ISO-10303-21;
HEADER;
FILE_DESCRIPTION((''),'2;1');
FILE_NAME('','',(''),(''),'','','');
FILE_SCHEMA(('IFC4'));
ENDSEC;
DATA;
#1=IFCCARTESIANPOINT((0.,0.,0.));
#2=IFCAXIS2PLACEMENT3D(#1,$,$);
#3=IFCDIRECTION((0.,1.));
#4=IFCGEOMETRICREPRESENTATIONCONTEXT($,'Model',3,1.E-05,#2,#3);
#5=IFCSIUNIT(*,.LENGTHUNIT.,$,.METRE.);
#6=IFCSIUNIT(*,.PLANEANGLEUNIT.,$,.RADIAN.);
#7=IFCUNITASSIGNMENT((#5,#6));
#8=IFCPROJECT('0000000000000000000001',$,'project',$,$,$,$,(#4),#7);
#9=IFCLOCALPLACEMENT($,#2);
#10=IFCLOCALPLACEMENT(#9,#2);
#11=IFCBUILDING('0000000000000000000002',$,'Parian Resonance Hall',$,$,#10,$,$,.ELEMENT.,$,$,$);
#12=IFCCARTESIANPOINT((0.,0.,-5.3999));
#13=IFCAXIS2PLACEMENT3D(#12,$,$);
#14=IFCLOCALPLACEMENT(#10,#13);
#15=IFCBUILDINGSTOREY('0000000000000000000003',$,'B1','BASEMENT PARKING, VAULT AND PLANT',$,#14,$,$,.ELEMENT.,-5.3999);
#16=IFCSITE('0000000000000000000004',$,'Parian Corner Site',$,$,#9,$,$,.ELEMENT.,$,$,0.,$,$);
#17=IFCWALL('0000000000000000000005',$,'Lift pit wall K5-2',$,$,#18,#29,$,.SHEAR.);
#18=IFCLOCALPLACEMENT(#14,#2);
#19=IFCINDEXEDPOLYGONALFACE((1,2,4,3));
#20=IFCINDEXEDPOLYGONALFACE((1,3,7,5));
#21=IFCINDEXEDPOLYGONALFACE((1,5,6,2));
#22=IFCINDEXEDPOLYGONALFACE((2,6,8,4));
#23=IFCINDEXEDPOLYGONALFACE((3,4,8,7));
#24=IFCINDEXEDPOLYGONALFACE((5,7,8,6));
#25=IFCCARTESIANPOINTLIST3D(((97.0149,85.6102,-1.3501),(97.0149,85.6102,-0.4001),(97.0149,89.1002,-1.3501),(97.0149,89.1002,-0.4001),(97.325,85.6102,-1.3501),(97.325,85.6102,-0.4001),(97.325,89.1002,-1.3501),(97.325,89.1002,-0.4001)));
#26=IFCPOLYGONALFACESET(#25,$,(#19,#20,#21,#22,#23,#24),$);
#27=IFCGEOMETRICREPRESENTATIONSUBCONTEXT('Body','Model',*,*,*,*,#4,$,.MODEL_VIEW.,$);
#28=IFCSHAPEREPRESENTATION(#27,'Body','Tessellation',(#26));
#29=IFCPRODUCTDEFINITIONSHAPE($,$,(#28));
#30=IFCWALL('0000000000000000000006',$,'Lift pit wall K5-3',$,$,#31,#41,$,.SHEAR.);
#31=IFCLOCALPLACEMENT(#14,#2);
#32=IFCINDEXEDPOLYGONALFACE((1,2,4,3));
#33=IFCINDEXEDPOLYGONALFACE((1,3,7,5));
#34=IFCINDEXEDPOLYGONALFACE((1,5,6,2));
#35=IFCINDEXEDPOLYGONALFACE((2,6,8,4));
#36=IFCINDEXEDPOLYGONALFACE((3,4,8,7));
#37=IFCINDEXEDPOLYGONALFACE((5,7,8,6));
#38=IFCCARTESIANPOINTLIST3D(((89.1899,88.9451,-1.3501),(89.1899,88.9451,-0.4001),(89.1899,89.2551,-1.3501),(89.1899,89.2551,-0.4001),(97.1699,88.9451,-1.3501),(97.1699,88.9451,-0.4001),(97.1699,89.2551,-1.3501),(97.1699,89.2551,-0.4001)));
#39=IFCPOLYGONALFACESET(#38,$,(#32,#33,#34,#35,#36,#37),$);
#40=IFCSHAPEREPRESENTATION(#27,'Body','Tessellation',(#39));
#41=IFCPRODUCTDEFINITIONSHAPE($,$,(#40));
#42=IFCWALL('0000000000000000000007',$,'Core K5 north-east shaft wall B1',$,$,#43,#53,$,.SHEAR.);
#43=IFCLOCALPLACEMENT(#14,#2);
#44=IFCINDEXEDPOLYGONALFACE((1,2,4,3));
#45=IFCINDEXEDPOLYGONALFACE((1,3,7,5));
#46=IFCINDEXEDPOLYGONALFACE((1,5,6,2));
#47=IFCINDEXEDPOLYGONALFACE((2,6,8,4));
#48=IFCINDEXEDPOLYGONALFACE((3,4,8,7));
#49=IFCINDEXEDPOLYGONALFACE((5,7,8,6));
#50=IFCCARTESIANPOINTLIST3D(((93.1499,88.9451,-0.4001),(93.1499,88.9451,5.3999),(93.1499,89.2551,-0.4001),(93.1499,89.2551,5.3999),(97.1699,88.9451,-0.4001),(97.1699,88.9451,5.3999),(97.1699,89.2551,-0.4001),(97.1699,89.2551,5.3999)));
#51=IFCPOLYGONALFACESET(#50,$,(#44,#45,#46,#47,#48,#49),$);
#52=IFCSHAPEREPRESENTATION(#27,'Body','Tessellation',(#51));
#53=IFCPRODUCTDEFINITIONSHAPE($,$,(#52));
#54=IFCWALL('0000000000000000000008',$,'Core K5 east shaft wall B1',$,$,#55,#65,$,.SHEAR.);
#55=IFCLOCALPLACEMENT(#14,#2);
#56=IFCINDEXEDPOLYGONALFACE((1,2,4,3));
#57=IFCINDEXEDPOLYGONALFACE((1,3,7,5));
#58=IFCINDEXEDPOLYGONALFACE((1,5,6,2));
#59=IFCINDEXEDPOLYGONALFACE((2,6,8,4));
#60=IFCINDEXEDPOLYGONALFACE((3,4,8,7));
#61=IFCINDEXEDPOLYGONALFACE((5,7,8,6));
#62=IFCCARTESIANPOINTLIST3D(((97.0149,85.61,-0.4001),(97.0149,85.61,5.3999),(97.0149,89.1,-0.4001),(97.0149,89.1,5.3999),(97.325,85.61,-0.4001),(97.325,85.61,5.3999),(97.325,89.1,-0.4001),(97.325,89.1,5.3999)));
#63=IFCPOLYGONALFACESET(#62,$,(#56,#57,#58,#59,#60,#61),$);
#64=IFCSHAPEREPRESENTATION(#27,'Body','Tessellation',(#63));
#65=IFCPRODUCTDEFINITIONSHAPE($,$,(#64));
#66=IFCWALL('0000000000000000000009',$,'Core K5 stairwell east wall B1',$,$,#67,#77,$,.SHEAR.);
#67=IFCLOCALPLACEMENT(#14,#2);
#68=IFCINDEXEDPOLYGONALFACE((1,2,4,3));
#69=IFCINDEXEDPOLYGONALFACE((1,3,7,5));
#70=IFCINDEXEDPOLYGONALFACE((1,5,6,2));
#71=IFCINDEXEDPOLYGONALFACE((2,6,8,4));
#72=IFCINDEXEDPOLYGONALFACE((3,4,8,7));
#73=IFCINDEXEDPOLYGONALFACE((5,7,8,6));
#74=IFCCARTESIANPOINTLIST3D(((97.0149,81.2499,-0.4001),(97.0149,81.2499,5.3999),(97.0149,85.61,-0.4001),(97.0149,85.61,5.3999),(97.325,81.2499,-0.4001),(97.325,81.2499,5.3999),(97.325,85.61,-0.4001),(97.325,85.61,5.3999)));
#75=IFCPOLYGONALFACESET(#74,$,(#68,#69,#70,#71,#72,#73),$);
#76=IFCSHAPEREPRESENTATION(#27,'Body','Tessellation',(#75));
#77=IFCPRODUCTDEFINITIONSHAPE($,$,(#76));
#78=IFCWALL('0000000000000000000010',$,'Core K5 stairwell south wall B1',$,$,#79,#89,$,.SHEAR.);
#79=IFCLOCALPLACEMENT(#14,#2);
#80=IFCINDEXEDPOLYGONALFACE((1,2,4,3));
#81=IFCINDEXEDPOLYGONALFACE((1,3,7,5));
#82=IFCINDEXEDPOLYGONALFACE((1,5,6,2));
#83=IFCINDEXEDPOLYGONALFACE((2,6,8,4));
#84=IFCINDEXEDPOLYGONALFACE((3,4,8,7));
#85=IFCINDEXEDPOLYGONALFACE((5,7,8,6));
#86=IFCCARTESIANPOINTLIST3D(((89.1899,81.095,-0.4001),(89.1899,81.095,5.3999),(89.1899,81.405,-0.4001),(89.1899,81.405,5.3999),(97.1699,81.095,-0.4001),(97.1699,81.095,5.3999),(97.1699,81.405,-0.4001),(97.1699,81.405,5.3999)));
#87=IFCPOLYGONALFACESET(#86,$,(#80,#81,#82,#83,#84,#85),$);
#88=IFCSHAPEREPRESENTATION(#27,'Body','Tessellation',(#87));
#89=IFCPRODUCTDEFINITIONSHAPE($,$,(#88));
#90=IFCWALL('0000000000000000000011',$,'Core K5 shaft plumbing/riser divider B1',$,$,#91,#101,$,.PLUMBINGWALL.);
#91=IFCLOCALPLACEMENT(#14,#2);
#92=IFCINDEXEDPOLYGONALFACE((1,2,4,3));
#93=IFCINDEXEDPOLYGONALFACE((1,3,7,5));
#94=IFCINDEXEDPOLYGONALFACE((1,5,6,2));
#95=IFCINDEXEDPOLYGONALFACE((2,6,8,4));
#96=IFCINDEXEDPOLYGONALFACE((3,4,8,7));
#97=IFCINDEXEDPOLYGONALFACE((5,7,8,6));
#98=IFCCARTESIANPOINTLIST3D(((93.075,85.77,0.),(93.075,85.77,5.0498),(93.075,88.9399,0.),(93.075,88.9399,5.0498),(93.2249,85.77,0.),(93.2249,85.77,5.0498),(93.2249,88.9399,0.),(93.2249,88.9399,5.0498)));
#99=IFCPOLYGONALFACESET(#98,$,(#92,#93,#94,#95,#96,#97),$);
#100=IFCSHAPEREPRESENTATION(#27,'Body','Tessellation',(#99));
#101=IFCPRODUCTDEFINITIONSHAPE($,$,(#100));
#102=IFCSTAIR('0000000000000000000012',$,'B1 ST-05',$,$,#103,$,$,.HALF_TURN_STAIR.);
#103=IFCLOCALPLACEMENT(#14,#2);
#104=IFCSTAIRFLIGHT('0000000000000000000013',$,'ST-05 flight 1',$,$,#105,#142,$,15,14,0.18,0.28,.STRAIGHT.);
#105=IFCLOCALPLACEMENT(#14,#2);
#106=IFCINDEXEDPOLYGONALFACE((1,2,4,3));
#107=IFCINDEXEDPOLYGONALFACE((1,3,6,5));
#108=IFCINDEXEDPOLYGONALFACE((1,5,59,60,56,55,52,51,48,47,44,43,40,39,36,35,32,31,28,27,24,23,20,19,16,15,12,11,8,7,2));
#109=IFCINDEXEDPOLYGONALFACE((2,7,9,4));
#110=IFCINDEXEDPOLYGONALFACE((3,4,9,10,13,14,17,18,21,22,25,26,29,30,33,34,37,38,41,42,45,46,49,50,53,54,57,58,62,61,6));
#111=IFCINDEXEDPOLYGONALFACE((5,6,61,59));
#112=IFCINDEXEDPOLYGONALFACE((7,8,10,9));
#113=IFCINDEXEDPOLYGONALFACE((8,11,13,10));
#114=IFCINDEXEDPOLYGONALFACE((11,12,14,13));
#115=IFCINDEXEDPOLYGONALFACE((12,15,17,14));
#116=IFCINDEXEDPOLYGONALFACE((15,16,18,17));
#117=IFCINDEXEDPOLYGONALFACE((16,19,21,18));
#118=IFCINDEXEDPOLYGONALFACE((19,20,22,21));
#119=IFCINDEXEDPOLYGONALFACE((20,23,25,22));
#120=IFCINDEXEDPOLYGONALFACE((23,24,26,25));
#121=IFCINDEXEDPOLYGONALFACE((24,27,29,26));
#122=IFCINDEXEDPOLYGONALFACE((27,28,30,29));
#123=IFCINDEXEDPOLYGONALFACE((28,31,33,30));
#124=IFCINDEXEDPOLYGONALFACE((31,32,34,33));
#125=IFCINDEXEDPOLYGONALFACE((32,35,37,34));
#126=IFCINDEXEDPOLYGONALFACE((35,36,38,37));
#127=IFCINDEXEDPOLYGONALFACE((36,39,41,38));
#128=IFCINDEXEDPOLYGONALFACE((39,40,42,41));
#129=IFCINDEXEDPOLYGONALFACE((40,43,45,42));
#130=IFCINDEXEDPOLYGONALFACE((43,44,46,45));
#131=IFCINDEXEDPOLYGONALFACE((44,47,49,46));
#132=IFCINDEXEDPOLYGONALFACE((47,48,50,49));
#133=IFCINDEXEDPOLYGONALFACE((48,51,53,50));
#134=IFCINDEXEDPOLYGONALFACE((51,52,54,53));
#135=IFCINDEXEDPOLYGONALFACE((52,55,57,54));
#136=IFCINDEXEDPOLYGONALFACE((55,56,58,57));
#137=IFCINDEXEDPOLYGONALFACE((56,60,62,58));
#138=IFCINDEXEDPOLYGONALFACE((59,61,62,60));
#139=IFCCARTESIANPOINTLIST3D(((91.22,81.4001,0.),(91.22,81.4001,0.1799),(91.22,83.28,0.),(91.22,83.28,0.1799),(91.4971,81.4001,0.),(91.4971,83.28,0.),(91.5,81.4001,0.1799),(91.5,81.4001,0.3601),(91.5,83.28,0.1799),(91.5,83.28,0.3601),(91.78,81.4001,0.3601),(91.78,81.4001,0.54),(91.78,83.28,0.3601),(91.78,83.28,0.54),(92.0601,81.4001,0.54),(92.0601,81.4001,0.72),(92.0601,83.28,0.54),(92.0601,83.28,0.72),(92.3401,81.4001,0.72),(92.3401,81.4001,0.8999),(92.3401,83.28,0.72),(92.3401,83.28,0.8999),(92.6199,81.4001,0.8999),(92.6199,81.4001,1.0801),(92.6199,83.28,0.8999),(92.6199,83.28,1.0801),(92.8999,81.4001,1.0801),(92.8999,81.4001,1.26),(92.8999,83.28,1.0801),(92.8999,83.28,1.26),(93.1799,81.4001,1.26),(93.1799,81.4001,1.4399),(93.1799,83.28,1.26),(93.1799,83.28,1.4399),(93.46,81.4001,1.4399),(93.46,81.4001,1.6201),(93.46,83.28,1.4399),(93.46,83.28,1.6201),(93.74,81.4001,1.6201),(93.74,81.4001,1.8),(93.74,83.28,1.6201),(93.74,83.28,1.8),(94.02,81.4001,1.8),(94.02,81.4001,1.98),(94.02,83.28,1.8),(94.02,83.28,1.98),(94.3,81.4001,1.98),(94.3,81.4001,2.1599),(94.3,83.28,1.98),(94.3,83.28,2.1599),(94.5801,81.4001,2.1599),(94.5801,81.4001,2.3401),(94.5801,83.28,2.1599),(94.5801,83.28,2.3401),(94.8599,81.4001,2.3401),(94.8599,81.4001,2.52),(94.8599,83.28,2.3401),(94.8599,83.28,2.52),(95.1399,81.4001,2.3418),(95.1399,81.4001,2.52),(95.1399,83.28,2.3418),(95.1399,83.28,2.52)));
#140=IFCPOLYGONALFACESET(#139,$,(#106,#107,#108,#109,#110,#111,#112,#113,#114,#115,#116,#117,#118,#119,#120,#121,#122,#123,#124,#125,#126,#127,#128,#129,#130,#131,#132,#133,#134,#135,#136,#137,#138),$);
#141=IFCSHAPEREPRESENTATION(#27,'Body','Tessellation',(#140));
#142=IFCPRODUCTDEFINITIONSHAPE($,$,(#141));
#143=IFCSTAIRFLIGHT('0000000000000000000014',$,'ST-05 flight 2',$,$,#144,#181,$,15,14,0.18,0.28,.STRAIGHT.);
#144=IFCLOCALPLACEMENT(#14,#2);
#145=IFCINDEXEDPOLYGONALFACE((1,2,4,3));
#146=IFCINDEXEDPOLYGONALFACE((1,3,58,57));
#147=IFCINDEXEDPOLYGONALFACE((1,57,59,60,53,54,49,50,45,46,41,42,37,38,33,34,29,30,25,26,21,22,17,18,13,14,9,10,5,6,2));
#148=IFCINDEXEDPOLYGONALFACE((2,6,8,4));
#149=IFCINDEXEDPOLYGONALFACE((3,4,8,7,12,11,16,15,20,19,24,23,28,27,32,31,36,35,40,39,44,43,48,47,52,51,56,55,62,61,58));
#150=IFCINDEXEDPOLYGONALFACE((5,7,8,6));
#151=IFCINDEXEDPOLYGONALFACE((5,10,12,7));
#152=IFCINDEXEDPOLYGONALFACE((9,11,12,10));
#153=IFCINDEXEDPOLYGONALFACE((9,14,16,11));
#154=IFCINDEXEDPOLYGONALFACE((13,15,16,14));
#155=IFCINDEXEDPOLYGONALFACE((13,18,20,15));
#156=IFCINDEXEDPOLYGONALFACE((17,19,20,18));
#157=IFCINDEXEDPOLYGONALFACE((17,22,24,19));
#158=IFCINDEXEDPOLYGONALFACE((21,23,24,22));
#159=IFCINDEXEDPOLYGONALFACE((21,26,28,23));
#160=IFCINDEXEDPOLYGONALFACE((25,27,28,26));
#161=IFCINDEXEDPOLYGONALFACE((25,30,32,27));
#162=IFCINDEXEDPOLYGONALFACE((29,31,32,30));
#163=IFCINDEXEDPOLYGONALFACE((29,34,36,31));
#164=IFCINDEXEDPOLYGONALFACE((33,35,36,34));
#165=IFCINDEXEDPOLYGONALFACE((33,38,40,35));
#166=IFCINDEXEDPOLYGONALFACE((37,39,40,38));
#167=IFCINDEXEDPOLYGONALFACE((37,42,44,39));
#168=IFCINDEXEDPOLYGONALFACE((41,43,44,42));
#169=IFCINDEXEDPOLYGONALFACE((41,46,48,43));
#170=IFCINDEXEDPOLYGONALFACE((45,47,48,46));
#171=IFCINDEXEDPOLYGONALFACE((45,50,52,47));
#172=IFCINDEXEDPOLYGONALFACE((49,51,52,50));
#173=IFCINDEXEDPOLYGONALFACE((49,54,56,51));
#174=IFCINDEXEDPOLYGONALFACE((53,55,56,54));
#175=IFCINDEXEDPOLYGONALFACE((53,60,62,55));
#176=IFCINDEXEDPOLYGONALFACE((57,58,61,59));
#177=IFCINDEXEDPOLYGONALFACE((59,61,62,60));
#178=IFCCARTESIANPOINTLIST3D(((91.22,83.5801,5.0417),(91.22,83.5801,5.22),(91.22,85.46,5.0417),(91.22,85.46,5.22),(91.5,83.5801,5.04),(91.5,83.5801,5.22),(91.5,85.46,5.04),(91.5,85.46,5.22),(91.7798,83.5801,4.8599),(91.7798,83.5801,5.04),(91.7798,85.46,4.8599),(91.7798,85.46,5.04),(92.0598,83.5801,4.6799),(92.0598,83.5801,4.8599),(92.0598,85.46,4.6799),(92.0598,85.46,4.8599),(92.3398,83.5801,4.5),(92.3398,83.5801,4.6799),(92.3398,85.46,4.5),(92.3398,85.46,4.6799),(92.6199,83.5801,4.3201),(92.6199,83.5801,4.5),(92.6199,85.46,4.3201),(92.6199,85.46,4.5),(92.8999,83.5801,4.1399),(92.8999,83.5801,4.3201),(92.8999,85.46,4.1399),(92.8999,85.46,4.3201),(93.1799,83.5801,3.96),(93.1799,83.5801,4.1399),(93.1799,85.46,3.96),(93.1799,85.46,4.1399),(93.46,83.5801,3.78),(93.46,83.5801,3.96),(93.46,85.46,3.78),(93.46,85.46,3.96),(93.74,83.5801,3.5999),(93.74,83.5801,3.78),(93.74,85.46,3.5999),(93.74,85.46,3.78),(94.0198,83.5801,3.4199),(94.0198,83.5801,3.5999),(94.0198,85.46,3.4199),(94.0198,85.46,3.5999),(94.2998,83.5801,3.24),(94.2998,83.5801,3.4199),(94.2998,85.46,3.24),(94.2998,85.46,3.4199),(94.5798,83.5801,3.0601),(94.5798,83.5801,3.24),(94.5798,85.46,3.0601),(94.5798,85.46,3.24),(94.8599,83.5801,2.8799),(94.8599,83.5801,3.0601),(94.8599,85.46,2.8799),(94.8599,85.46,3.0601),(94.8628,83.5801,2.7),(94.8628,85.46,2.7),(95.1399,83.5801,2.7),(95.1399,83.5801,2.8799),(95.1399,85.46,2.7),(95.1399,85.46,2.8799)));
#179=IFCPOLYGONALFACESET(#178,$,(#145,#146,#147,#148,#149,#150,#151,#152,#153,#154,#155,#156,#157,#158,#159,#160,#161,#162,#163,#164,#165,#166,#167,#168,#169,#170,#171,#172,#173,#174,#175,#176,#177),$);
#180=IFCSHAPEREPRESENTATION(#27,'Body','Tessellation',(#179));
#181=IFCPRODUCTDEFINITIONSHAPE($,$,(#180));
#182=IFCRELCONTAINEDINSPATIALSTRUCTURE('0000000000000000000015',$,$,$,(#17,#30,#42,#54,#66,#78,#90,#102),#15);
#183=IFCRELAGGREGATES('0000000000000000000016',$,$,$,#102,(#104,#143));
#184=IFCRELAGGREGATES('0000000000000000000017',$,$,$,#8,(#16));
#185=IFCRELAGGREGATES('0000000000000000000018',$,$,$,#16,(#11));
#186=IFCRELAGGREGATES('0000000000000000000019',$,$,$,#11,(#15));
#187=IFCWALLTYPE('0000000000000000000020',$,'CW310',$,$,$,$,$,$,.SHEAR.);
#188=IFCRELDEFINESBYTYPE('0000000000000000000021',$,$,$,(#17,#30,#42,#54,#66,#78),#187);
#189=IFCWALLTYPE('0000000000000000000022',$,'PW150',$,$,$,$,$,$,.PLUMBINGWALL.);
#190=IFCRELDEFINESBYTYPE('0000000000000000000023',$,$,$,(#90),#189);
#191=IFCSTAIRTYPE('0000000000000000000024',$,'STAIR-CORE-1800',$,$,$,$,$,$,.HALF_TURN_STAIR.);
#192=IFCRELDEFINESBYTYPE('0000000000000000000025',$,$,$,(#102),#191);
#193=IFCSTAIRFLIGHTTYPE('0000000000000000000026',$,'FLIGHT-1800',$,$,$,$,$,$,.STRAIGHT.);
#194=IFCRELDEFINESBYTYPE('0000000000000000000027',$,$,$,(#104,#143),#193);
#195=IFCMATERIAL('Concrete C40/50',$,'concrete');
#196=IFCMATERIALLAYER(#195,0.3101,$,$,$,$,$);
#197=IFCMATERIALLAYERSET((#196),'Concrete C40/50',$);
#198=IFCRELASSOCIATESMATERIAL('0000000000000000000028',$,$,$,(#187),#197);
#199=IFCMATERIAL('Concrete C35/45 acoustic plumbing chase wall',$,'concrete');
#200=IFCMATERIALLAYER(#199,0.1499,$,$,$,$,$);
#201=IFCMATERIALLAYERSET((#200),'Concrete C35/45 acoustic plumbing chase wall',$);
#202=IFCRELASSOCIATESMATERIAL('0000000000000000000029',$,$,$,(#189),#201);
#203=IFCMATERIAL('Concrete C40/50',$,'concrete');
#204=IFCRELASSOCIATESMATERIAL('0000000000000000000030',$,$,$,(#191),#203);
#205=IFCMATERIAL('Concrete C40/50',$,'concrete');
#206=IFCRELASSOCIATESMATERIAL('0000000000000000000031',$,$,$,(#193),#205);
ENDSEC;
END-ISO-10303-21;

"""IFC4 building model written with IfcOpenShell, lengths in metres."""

from ifc_helpers import new_model, si_unit, direction, frame, frame_2d, origin, place, context, subcontext, project, spatial, polyline, rectangle, outline, extrude, material, layer, layer_set, type_object, element, aggregate, save


model = new_model("IFC4")

# Units and contexts
model_context = context("Model", 3, precision=1e-05, world=origin(), true_north=direction((0.0, 1.0)))
body_context = subcontext(model_context, "Body", "Model", "MODEL_VIEW")
ifc_project = project(units=[si_unit("LENGTHUNIT", "METRE"), si_unit("PLANEANGLEUNIT", "RADIAN")], contexts=[model_context])

# Site, building, storey
site_placement = place(None, origin())
site = spatial("IfcSite", under=ifc_project, at=site_placement, Name="Parian Corner Site", CompositionType="ELEMENT", RefElevation=0.0)
building_placement = place(site_placement, origin())
building = spatial("IfcBuilding", under=site, at=building_placement, Name="Parian Resonance Hall", CompositionType="ELEMENT")
storey_placement = place(building_placement, frame((0.0, 0.0, -5.3999)))
storey = spatial("IfcBuildingStorey", under=building, at=storey_placement, Name="B1", Description="BASEMENT PARKING, VAULT AND PLANT", CompositionType="ELEMENT", Elevation=-5.3999)

# Walls
ifc_material_1 = material(Name="Concrete C40/50", Category="concrete")
ifc_layer_1 = layer(ifc_material_1, 0.3101)
ifc_layer_set_1 = layer_set([ifc_layer_1], Name="Concrete C40/50")
wall_type_1 = type_object("IfcWallType", Name="CW310", PredefinedType="SHEAR", material=ifc_layer_set_1)
wall_1_placement = place(storey_placement, frame((97.1699, 85.6101, -1.3501), z_axis=(0.0, 0.0, 1.0), x_axis=(0.0, 1.0, 0.0)))
element("IfcWall", 1, at=wall_1_placement, inside=storey, type_object=wall_type_1, Name="Lift pit wall K5-2", PredefinedType="SHEAR", context=body_context, shape_type="SweptSolid", body=[
    extrude(rectangle(XDim=3.49, YDim=0.3101, at=frame_2d((1.7451, 0.0))), origin(), (0.0, 0.0, 1.0), 0.95),
])
wall_2_placement = place(storey_placement, frame((97.1699, 89.1001, -1.3501), z_axis=(0.0, 0.0, 1.0), x_axis=(-1.0, 0.0, 0.0)))
element("IfcWall", 2, at=wall_2_placement, inside=storey, type_object=wall_type_1, Name="Lift pit wall K5-3", PredefinedType="SHEAR", context=body_context, shape_type="SweptSolid", body=[
    extrude(rectangle(XDim=7.98, YDim=0.3101, at=frame_2d((3.99, 0.0))), origin(), (0.0, 0.0, 1.0), 0.95),
])
wall_3_placement = place(storey_placement, frame((93.1499, 89.1001, -0.4001), z_axis=(0.0, 0.0, 1.0), x_axis=(1.0, 0.0, 0.0)))
element("IfcWall", 3, at=wall_3_placement, inside=storey, type_object=wall_type_1, Name="Core K5 north-east shaft wall B1", PredefinedType="SHEAR", context=body_context, shape_type="SweptSolid", body=[
    extrude(rectangle(XDim=4.02, YDim=0.3101, at=frame_2d((2.01, 0.0))), origin(), (0.0, 0.0, 1.0), 5.8),
])
wall_4_placement = place(storey_placement, frame((97.1699, 89.1001, -0.4001), z_axis=(0.0, 0.0, 1.0), x_axis=(0.0, -1.0, 0.0)))
element("IfcWall", 4, at=wall_4_placement, inside=storey, type_object=wall_type_1, Name="Core K5 east shaft wall B1", PredefinedType="SHEAR", context=body_context, shape_type="SweptSolid", body=[
    extrude(rectangle(XDim=3.49, YDim=0.3101, at=frame_2d((1.7451, 0.0))), origin(), (0.0, 0.0, 1.0), 5.8),
])
wall_5_placement = place(storey_placement, frame((97.1699, 85.6101, -0.4001), z_axis=(0.0, 0.0, 1.0), x_axis=(0.0, -1.0, 0.0)))
element("IfcWall", 5, at=wall_5_placement, inside=storey, type_object=wall_type_1, Name="Core K5 stairwell east wall B1", PredefinedType="SHEAR", context=body_context, shape_type="SweptSolid", body=[
    extrude(rectangle(XDim=4.3601, YDim=0.3101, at=frame_2d((2.1802, 0.0))), origin(), (0.0, 0.0, 1.0), 5.8),
])
wall_6_placement = place(storey_placement, frame((97.1699, 81.25, -0.4001), z_axis=(0.0, 0.0, 1.0), x_axis=(-1.0, 0.0, 0.0)))
element("IfcWall", 6, at=wall_6_placement, inside=storey, type_object=wall_type_1, Name="Core K5 stairwell south wall B1", PredefinedType="SHEAR", context=body_context, shape_type="SweptSolid", body=[
    extrude(rectangle(XDim=7.98, YDim=0.3101, at=frame_2d((3.99, 0.0))), origin(), (0.0, 0.0, 1.0), 5.8),
])
ifc_material_2 = material(Name="Concrete C35/45 acoustic plumbing chase wall", Category="concrete")
ifc_layer_2 = layer(ifc_material_2, 0.1499)
ifc_layer_set_2 = layer_set([ifc_layer_2], Name="Concrete C35/45 acoustic plumbing chase wall")
wall_type_2 = type_object("IfcWallType", Name="PW150", PredefinedType="PLUMBINGWALL", material=ifc_layer_set_2)
wall_7_placement = place(storey_placement, frame((93.1499, 85.77, 0.0), z_axis=(0.0, 0.0, 1.0), x_axis=(0.0, 1.0, 0.0)))
element("IfcWall", 7, at=wall_7_placement, inside=storey, type_object=wall_type_2, Name="Core K5 shaft plumbing/riser divider B1", PredefinedType="PLUMBINGWALL", context=body_context, shape_type="SweptSolid", body=[
    extrude(rectangle(XDim=3.1699, YDim=0.1499, at=frame_2d((1.585, 0.0))), origin(), (0.0, 0.0, 1.0), 5.0498),
])

# Stair, stair flights
ifc_material_3 = material(Name="Concrete C40/50", Category="concrete")
stair_type = type_object("IfcStairType", Name="STAIR-CORE-1800", PredefinedType="HALF_TURN_STAIR", material=ifc_material_3)
stair_placement = place(storey_placement, origin())
stair = element("IfcStair", 8, at=stair_placement, inside=storey, type_object=stair_type, Name="B1 ST-05", PredefinedType="HALF_TURN_STAIR")
ifc_material_4 = material(Name="Concrete C40/50", Category="concrete")
stair_flight_type = type_object("IfcStairFlightType", Name="FLIGHT-1800", PredefinedType="STRAIGHT", material=ifc_material_4)
stair_flight_1_placement = place(storey_placement, frame((91.22, 82.3401, 0.0), z_axis=(0.0, 0.0, 1.0), x_axis=(1.0, 0.0, 0.0)))
stair_flight_1 = element("IfcStairFlight", 9, at=stair_flight_1_placement, type_object=stair_flight_type, Name="ST-05 flight 1", NumberOfRisers=15, NumberOfTreads=14, PredefinedType="STRAIGHT", RiserHeight=0.18, TreadLength=0.28, context=body_context, shape_type="SweptSolid", body=[
    extrude(outline(polyline([(0.0, 0.0), (0.0, 0.1799), (0.28, 0.1799), (0.28, 0.3601), (0.5601, 0.3601), (0.5601, 0.54), (0.8401, 0.54), (0.8401, 0.72), (1.1201, 0.72), (1.1201, 0.8999), (1.3999, 0.8999), (1.3999, 1.0801), (1.6799, 1.0801), (1.6799, 1.26), (1.96, 1.26), (1.96, 1.4399), (2.24, 1.4399), (2.24, 1.6201), (2.52, 1.6201), (2.52, 1.8), (2.8, 1.8), (2.8, 1.98), (3.0801, 1.98), (3.0801, 2.1599), (3.3601, 2.1599), (3.3601, 2.3401), (3.6399, 2.3401), (3.6399, 2.52), (3.9199, 2.52), (3.9199, 2.7), (3.9199, 2.3418), (0.2771, 0.0), (0.0, 0.0)])), frame((0.0, 0.9399, 0.0), z_axis=(0.0, -1.0, 0.0), x_axis=(1.0, 0.0, 0.0)), (0.0, 0.0, 1.0), 1.8799),
])
stair_flight_2_placement = place(storey_placement, frame((95.1399, 84.52, 2.7), z_axis=(0.0, 0.0, 1.0), x_axis=(-1.0, 0.0, 0.0)))
stair_flight_2 = element("IfcStairFlight", 10, at=stair_flight_2_placement, type_object=stair_flight_type, Name="ST-05 flight 2", NumberOfRisers=15, NumberOfTreads=14, PredefinedType="STRAIGHT", RiserHeight=0.18, TreadLength=0.28, context=body_context, shape_type="SweptSolid", body=[
    extrude(outline(polyline([(0.0, 0.0), (0.0, 0.1799), (0.28, 0.1799), (0.28, 0.3601), (0.5601, 0.3601), (0.5601, 0.54), (0.8401, 0.54), (0.8401, 0.72), (1.1201, 0.72), (1.1201, 0.8999), (1.3999, 0.8999), (1.3999, 1.0801), (1.6799, 1.0801), (1.6799, 1.26), (1.96, 1.26), (1.96, 1.4399), (2.24, 1.4399), (2.24, 1.6201), (2.52, 1.6201), (2.52, 1.8), (2.8, 1.8), (2.8, 1.98), (3.0801, 1.98), (3.0801, 2.1599), (3.3601, 2.1599), (3.3601, 2.3401), (3.6399, 2.3401), (3.6399, 2.52), (3.9199, 2.52), (3.9199, 2.7), (3.9199, 2.3418), (0.2771, 0.0), (0.0, 0.0)])), frame((0.0, 0.9399, 0.0), z_axis=(0.0, -1.0, 0.0), x_axis=(1.0, 0.0, 0.0)), (0.0, 0.0, 1.0), 1.8799),
])
aggregate(stair, [stair_flight_1, stair_flight_2])

save(model, "model.ifc")
